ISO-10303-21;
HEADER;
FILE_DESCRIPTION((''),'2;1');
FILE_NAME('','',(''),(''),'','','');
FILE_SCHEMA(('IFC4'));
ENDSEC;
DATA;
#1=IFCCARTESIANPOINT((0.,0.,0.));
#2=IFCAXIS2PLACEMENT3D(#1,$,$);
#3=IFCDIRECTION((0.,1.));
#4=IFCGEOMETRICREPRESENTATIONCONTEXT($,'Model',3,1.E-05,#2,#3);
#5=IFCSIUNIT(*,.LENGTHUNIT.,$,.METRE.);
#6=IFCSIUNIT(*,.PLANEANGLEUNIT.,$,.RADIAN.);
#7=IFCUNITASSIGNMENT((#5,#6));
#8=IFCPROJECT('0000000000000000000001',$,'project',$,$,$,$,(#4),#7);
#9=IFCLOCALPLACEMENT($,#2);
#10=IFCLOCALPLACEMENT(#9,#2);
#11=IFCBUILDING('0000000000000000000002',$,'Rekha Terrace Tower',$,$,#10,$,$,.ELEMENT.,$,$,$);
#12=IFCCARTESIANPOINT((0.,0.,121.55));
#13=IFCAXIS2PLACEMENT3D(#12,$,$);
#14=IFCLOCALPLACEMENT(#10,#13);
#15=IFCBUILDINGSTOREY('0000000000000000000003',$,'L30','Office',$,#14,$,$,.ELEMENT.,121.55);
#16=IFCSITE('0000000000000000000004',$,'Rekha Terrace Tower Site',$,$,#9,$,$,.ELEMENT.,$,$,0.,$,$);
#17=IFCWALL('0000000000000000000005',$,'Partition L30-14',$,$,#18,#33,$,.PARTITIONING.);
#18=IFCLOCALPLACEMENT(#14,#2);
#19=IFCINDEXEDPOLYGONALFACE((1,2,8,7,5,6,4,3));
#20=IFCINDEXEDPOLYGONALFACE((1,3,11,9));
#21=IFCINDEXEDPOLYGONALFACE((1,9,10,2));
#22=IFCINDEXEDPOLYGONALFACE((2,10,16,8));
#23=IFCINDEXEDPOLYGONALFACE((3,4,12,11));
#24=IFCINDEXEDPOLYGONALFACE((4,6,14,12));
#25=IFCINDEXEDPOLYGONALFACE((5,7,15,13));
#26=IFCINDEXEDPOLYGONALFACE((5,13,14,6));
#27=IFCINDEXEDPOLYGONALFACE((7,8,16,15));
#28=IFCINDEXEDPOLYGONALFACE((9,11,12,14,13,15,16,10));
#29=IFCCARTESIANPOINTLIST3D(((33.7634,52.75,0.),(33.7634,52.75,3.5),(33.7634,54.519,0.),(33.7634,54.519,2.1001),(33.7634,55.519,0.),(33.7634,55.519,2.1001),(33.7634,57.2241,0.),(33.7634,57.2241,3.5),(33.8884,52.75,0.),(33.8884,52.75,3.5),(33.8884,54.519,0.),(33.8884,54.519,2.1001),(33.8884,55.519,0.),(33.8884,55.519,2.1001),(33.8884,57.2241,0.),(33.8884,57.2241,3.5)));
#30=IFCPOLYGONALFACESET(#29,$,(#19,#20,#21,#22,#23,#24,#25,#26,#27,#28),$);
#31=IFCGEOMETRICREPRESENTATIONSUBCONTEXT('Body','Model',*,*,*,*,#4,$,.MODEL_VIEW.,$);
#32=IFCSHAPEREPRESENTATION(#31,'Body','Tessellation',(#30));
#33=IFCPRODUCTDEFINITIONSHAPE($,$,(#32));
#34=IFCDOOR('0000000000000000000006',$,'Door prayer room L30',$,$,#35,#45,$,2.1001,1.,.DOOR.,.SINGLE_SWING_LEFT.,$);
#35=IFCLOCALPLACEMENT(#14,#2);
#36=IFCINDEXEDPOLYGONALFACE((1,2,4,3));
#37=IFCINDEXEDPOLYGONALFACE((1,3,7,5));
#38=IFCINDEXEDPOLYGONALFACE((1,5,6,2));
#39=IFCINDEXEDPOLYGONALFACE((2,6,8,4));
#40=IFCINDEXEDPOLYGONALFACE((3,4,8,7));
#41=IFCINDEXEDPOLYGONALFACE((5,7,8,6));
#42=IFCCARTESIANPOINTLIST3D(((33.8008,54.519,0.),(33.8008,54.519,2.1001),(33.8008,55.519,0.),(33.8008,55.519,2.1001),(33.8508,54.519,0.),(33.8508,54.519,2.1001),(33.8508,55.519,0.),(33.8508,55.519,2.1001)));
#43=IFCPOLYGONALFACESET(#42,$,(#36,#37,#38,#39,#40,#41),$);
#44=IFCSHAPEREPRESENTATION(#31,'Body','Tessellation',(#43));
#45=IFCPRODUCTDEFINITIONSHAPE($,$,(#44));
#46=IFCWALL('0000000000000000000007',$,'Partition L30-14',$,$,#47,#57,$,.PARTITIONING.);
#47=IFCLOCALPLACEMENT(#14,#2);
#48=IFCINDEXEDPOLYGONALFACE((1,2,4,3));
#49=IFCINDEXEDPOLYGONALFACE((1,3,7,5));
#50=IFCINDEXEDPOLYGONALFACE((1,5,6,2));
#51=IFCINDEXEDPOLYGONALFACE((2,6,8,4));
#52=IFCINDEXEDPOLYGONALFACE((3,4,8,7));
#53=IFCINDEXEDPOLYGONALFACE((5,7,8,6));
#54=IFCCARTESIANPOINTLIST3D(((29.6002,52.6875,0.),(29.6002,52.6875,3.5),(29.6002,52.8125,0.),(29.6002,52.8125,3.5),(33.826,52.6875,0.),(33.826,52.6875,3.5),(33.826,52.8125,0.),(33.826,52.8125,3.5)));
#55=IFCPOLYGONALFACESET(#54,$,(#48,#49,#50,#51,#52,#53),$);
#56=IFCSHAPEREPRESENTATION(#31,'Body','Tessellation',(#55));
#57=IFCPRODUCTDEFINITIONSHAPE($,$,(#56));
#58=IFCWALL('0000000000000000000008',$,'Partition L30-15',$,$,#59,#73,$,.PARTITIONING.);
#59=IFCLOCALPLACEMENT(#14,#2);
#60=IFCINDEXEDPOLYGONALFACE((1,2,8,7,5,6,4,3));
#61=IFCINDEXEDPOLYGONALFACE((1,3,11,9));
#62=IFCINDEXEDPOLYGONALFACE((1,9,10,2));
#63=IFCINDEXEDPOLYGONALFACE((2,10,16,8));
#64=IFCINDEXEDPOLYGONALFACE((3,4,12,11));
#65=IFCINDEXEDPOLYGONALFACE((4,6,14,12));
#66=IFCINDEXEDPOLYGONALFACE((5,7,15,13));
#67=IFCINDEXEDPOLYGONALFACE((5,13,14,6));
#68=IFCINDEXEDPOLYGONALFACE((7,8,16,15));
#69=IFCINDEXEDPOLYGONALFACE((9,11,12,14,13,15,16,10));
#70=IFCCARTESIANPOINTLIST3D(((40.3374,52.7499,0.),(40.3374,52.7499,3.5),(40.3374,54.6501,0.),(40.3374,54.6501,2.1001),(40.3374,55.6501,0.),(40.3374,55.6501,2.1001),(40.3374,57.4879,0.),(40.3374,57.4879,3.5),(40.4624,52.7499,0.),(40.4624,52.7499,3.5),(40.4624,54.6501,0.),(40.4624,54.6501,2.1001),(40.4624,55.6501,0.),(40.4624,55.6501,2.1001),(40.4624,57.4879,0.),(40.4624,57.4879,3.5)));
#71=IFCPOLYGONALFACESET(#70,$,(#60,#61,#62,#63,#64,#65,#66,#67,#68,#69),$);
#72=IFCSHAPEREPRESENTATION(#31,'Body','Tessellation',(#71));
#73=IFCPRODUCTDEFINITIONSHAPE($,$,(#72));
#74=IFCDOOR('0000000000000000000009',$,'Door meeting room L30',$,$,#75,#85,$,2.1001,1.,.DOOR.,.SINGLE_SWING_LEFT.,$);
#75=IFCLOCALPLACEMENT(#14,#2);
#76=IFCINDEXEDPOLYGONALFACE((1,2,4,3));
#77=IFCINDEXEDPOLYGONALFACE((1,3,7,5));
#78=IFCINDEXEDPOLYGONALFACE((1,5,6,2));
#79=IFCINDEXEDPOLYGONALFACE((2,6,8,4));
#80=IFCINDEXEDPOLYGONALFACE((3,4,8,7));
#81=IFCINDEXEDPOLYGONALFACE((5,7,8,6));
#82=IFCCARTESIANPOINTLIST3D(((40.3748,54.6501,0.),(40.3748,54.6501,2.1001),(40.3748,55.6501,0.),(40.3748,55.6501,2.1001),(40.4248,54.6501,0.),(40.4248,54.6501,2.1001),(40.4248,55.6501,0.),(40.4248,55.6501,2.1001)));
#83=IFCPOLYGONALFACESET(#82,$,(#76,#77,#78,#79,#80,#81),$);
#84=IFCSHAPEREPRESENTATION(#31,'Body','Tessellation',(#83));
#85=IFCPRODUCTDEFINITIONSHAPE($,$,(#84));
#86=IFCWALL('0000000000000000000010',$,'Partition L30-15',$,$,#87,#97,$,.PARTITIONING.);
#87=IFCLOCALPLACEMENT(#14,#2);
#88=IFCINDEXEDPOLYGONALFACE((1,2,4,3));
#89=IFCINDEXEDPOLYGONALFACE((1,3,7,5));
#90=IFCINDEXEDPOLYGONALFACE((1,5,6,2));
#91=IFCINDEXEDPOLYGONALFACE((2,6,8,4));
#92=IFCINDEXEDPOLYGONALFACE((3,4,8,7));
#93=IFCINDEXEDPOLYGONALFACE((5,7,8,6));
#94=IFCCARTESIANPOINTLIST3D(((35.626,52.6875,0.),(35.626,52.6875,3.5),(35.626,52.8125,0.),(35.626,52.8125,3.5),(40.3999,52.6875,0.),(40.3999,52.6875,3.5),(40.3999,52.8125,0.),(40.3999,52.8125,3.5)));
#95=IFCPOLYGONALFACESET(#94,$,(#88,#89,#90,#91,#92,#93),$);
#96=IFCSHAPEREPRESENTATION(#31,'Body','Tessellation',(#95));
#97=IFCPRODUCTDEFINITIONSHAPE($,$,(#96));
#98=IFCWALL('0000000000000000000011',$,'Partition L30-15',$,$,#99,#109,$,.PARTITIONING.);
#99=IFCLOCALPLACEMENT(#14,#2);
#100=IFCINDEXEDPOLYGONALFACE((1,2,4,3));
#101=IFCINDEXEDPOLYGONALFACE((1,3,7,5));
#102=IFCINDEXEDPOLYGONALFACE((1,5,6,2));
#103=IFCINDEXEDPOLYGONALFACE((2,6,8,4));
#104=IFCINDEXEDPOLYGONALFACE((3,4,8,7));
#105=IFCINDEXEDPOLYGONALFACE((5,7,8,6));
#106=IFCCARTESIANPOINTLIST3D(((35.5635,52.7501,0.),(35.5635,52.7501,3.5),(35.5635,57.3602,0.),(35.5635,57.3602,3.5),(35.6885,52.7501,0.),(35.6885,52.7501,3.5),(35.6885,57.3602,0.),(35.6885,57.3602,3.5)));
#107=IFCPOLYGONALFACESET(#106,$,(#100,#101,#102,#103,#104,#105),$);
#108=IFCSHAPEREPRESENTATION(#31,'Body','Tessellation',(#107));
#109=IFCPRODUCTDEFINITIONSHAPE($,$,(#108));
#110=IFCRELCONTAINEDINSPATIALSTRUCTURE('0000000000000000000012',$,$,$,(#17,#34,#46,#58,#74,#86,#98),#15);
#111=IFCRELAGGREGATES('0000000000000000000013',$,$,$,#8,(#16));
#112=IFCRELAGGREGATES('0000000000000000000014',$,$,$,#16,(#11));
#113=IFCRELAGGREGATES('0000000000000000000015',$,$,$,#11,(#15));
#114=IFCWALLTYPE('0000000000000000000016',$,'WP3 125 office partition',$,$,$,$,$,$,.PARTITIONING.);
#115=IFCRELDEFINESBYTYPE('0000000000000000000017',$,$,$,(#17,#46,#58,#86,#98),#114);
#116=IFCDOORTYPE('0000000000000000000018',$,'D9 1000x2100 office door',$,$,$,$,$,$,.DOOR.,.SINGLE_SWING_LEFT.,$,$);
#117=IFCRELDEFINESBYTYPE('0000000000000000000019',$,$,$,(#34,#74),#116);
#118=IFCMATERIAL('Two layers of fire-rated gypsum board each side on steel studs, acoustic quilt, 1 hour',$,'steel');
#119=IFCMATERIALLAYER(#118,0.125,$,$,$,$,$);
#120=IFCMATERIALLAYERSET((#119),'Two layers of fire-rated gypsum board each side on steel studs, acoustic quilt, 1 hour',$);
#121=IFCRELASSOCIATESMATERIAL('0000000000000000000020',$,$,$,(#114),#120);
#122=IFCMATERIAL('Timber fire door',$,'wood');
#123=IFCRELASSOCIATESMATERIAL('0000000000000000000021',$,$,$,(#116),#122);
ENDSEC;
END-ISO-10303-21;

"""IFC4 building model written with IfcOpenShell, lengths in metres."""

from ifc_helpers import new_model, si_unit, direction, frame, frame_2d, origin, place, context, subcontext, project, spatial, rectangle, extrude, material, layer, layer_set, type_object, element, fill, save


model = new_model("IFC4")

# Units and contexts
model_context = context("Model", 3, precision=1e-05, world=origin(), true_north=direction((0.0, 1.0)))
body_context = subcontext(model_context, "Body", "Model", "MODEL_VIEW")
ifc_project = project(units=[si_unit("LENGTHUNIT", "METRE"), si_unit("PLANEANGLEUNIT", "RADIAN")], contexts=[model_context])

# Site, building, storey
site_placement = place(None, origin())
site = spatial("IfcSite", under=ifc_project, at=site_placement, Name="Rekha Terrace Tower Site", CompositionType="ELEMENT", RefElevation=0.0)
building_placement = place(site_placement, origin())
building = spatial("IfcBuilding", under=site, at=building_placement, Name="Rekha Terrace Tower", CompositionType="ELEMENT")
storey_placement = place(building_placement, frame((0.0, 0.0, 121.55)))
storey = spatial("IfcBuildingStorey", under=building, at=storey_placement, Name="L30", Description="Office", CompositionType="ELEMENT", Elevation=121.55)

# Shared definitions
ifc_material_1 = material(Name="Two layers of fire-rated gypsum board each side on steel studs, acoustic quilt, 1 hour", Category="steel")
ifc_layer_1 = layer(ifc_material_1, 0.125)
ifc_layer_set_1 = layer_set([ifc_layer_1], Name="Two layers of fire-rated gypsum board each side on steel studs, acoustic quilt, 1 hour")
wall_type_1 = type_object("IfcWallType", Name="WP3 125 office partition", PredefinedType="PARTITIONING", material=ifc_layer_set_1)

# Wall, opening, door
ifc_material_2 = material(Name="Timber fire door", Category="wood")
door_type_1 = type_object("IfcDoorType", Name="D9 1000x2100 office door", OperationType="SINGLE_SWING_LEFT", PredefinedType="DOOR", material=ifc_material_2)
wall_1_placement = place(storey_placement, frame((33.8259, 57.2241, 0.0), z_axis=(0.0, 0.0, 1.0), x_axis=(0.0, -1.0, 0.0)))
wall_1 = element("IfcWall", 1, at=wall_1_placement, inside=storey, type_object=wall_type_1, Name="Partition L30-14", PredefinedType="PARTITIONING", context=body_context, shape_type="SweptSolid", body=[
    extrude(rectangle(XDim=4.4741, YDim=0.125, at=frame_2d((2.2371, 0.0))), origin(), (0.0, 0.0, 1.0), 3.5),
])
opening_1_placement = place(wall_1_placement, frame((1.7051, 0.0, 0.0)))
opening_1 = element("IfcOpeningElement", 2, at=opening_1_placement, cuts=wall_1, PredefinedType="OPENING", context=body_context, shape_type="SweptSolid", body=[
    extrude(rectangle(XDim=1.0, YDim=2.1001, at=frame_2d((0.5, 1.05))), frame((0.0, 0.0725, 0.0), z_axis=(0.0, -1.0, 0.0), x_axis=(1.0, 0.0, 0.0)), (0.0, 0.0, 1.0), 0.145),
])
door_1_placement = place(opening_1_placement, origin())
door_1 = element("IfcDoor", 3, at=door_1_placement, inside=storey, type_object=door_type_1, Name="Door prayer room L30", OperationType="SINGLE_SWING_LEFT", OverallHeight=2.1001, OverallWidth=1.0, PredefinedType="DOOR", context=body_context, shape_type="SweptSolid", body=[
    extrude(rectangle(XDim=1.0, YDim=2.1001, at=frame_2d((0.5, 1.05))), frame((0.0, 0.0249, 0.0), z_axis=(0.0, -1.0, 0.0), x_axis=(1.0, 0.0, 0.0)), (0.0, 0.0, 1.0), 0.05),
])
fill(opening_1, door_1)

# Wall
wall_2_placement = place(storey_placement, frame((33.8259, 52.75, 0.0), z_axis=(0.0, 0.0, 1.0), x_axis=(-1.0, 0.0, 0.0)))
element("IfcWall", 4, at=wall_2_placement, inside=storey, type_object=wall_type_1, Name="Partition L30-14", PredefinedType="PARTITIONING", context=body_context, shape_type="SweptSolid", body=[
    extrude(rectangle(XDim=4.2258, YDim=0.125, at=frame_2d((2.1128, 0.0))), origin(), (0.0, 0.0, 1.0), 3.5),
])

# Wall, opening, door
wall_3_placement = place(storey_placement, frame((40.3999, 57.488, 0.0), z_axis=(0.0, 0.0, 1.0), x_axis=(0.0, -1.0, 0.0)))
wall_3 = element("IfcWall", 5, at=wall_3_placement, inside=storey, type_object=wall_type_1, Name="Partition L30-15", PredefinedType="PARTITIONING", context=body_context, shape_type="SweptSolid", body=[
    extrude(rectangle(XDim=4.738, YDim=0.125, at=frame_2d((2.3691, 0.0))), origin(), (0.0, 0.0, 1.0), 3.5),
])
opening_2_placement = place(wall_3_placement, frame((1.8379, 0.0, 0.0)))
opening_2 = element("IfcOpeningElement", 6, at=opening_2_placement, cuts=wall_3, PredefinedType="OPENING", context=body_context, shape_type="SweptSolid", body=[
    extrude(rectangle(XDim=1.0, YDim=2.1001, at=frame_2d((0.5, 1.05))), frame((0.0, 0.0725, 0.0), z_axis=(0.0, -1.0, 0.0), x_axis=(1.0, 0.0, 0.0)), (0.0, 0.0, 1.0), 0.145),
])
door_2_placement = place(opening_2_placement, origin())
door_2 = element("IfcDoor", 7, at=door_2_placement, inside=storey, type_object=door_type_1, Name="Door meeting room L30", OperationType="SINGLE_SWING_LEFT", OverallHeight=2.1001, OverallWidth=1.0, PredefinedType="DOOR", context=body_context, shape_type="SweptSolid", body=[
    extrude(rectangle(XDim=1.0, YDim=2.1001, at=frame_2d((0.5, 1.05))), frame((0.0, 0.0249, 0.0), z_axis=(0.0, -1.0, 0.0), x_axis=(1.0, 0.0, 0.0)), (0.0, 0.0, 1.0), 0.05),
])
fill(opening_2, door_2)

# Walls
wall_4_placement = place(storey_placement, frame((40.3999, 52.75, 0.0), z_axis=(0.0, 0.0, 1.0), x_axis=(-1.0, 0.0, 0.0)))
element("IfcWall", 8, at=wall_4_placement, inside=storey, type_object=wall_type_1, Name="Partition L30-15", PredefinedType="PARTITIONING", context=body_context, shape_type="SweptSolid", body=[
    extrude(rectangle(XDim=4.7739, YDim=0.125, at=frame_2d((2.387, 0.0))), origin(), (0.0, 0.0, 1.0), 3.5),
])
wall_5_placement = place(storey_placement, frame((35.626, 52.75, 0.0), z_axis=(0.0, 0.0, 1.0), x_axis=(0.0, 1.0, 0.0)))
element("IfcWall", 9, at=wall_5_placement, inside=storey, type_object=wall_type_1, Name="Partition L30-15", PredefinedType="PARTITIONING", context=body_context, shape_type="SweptSolid", body=[
    extrude(rectangle(XDim=4.6101, YDim=0.125, at=frame_2d((2.3052, 0.0))), origin(), (0.0, 0.0, 1.0), 3.5),
])

save(model, "model.ifc")
